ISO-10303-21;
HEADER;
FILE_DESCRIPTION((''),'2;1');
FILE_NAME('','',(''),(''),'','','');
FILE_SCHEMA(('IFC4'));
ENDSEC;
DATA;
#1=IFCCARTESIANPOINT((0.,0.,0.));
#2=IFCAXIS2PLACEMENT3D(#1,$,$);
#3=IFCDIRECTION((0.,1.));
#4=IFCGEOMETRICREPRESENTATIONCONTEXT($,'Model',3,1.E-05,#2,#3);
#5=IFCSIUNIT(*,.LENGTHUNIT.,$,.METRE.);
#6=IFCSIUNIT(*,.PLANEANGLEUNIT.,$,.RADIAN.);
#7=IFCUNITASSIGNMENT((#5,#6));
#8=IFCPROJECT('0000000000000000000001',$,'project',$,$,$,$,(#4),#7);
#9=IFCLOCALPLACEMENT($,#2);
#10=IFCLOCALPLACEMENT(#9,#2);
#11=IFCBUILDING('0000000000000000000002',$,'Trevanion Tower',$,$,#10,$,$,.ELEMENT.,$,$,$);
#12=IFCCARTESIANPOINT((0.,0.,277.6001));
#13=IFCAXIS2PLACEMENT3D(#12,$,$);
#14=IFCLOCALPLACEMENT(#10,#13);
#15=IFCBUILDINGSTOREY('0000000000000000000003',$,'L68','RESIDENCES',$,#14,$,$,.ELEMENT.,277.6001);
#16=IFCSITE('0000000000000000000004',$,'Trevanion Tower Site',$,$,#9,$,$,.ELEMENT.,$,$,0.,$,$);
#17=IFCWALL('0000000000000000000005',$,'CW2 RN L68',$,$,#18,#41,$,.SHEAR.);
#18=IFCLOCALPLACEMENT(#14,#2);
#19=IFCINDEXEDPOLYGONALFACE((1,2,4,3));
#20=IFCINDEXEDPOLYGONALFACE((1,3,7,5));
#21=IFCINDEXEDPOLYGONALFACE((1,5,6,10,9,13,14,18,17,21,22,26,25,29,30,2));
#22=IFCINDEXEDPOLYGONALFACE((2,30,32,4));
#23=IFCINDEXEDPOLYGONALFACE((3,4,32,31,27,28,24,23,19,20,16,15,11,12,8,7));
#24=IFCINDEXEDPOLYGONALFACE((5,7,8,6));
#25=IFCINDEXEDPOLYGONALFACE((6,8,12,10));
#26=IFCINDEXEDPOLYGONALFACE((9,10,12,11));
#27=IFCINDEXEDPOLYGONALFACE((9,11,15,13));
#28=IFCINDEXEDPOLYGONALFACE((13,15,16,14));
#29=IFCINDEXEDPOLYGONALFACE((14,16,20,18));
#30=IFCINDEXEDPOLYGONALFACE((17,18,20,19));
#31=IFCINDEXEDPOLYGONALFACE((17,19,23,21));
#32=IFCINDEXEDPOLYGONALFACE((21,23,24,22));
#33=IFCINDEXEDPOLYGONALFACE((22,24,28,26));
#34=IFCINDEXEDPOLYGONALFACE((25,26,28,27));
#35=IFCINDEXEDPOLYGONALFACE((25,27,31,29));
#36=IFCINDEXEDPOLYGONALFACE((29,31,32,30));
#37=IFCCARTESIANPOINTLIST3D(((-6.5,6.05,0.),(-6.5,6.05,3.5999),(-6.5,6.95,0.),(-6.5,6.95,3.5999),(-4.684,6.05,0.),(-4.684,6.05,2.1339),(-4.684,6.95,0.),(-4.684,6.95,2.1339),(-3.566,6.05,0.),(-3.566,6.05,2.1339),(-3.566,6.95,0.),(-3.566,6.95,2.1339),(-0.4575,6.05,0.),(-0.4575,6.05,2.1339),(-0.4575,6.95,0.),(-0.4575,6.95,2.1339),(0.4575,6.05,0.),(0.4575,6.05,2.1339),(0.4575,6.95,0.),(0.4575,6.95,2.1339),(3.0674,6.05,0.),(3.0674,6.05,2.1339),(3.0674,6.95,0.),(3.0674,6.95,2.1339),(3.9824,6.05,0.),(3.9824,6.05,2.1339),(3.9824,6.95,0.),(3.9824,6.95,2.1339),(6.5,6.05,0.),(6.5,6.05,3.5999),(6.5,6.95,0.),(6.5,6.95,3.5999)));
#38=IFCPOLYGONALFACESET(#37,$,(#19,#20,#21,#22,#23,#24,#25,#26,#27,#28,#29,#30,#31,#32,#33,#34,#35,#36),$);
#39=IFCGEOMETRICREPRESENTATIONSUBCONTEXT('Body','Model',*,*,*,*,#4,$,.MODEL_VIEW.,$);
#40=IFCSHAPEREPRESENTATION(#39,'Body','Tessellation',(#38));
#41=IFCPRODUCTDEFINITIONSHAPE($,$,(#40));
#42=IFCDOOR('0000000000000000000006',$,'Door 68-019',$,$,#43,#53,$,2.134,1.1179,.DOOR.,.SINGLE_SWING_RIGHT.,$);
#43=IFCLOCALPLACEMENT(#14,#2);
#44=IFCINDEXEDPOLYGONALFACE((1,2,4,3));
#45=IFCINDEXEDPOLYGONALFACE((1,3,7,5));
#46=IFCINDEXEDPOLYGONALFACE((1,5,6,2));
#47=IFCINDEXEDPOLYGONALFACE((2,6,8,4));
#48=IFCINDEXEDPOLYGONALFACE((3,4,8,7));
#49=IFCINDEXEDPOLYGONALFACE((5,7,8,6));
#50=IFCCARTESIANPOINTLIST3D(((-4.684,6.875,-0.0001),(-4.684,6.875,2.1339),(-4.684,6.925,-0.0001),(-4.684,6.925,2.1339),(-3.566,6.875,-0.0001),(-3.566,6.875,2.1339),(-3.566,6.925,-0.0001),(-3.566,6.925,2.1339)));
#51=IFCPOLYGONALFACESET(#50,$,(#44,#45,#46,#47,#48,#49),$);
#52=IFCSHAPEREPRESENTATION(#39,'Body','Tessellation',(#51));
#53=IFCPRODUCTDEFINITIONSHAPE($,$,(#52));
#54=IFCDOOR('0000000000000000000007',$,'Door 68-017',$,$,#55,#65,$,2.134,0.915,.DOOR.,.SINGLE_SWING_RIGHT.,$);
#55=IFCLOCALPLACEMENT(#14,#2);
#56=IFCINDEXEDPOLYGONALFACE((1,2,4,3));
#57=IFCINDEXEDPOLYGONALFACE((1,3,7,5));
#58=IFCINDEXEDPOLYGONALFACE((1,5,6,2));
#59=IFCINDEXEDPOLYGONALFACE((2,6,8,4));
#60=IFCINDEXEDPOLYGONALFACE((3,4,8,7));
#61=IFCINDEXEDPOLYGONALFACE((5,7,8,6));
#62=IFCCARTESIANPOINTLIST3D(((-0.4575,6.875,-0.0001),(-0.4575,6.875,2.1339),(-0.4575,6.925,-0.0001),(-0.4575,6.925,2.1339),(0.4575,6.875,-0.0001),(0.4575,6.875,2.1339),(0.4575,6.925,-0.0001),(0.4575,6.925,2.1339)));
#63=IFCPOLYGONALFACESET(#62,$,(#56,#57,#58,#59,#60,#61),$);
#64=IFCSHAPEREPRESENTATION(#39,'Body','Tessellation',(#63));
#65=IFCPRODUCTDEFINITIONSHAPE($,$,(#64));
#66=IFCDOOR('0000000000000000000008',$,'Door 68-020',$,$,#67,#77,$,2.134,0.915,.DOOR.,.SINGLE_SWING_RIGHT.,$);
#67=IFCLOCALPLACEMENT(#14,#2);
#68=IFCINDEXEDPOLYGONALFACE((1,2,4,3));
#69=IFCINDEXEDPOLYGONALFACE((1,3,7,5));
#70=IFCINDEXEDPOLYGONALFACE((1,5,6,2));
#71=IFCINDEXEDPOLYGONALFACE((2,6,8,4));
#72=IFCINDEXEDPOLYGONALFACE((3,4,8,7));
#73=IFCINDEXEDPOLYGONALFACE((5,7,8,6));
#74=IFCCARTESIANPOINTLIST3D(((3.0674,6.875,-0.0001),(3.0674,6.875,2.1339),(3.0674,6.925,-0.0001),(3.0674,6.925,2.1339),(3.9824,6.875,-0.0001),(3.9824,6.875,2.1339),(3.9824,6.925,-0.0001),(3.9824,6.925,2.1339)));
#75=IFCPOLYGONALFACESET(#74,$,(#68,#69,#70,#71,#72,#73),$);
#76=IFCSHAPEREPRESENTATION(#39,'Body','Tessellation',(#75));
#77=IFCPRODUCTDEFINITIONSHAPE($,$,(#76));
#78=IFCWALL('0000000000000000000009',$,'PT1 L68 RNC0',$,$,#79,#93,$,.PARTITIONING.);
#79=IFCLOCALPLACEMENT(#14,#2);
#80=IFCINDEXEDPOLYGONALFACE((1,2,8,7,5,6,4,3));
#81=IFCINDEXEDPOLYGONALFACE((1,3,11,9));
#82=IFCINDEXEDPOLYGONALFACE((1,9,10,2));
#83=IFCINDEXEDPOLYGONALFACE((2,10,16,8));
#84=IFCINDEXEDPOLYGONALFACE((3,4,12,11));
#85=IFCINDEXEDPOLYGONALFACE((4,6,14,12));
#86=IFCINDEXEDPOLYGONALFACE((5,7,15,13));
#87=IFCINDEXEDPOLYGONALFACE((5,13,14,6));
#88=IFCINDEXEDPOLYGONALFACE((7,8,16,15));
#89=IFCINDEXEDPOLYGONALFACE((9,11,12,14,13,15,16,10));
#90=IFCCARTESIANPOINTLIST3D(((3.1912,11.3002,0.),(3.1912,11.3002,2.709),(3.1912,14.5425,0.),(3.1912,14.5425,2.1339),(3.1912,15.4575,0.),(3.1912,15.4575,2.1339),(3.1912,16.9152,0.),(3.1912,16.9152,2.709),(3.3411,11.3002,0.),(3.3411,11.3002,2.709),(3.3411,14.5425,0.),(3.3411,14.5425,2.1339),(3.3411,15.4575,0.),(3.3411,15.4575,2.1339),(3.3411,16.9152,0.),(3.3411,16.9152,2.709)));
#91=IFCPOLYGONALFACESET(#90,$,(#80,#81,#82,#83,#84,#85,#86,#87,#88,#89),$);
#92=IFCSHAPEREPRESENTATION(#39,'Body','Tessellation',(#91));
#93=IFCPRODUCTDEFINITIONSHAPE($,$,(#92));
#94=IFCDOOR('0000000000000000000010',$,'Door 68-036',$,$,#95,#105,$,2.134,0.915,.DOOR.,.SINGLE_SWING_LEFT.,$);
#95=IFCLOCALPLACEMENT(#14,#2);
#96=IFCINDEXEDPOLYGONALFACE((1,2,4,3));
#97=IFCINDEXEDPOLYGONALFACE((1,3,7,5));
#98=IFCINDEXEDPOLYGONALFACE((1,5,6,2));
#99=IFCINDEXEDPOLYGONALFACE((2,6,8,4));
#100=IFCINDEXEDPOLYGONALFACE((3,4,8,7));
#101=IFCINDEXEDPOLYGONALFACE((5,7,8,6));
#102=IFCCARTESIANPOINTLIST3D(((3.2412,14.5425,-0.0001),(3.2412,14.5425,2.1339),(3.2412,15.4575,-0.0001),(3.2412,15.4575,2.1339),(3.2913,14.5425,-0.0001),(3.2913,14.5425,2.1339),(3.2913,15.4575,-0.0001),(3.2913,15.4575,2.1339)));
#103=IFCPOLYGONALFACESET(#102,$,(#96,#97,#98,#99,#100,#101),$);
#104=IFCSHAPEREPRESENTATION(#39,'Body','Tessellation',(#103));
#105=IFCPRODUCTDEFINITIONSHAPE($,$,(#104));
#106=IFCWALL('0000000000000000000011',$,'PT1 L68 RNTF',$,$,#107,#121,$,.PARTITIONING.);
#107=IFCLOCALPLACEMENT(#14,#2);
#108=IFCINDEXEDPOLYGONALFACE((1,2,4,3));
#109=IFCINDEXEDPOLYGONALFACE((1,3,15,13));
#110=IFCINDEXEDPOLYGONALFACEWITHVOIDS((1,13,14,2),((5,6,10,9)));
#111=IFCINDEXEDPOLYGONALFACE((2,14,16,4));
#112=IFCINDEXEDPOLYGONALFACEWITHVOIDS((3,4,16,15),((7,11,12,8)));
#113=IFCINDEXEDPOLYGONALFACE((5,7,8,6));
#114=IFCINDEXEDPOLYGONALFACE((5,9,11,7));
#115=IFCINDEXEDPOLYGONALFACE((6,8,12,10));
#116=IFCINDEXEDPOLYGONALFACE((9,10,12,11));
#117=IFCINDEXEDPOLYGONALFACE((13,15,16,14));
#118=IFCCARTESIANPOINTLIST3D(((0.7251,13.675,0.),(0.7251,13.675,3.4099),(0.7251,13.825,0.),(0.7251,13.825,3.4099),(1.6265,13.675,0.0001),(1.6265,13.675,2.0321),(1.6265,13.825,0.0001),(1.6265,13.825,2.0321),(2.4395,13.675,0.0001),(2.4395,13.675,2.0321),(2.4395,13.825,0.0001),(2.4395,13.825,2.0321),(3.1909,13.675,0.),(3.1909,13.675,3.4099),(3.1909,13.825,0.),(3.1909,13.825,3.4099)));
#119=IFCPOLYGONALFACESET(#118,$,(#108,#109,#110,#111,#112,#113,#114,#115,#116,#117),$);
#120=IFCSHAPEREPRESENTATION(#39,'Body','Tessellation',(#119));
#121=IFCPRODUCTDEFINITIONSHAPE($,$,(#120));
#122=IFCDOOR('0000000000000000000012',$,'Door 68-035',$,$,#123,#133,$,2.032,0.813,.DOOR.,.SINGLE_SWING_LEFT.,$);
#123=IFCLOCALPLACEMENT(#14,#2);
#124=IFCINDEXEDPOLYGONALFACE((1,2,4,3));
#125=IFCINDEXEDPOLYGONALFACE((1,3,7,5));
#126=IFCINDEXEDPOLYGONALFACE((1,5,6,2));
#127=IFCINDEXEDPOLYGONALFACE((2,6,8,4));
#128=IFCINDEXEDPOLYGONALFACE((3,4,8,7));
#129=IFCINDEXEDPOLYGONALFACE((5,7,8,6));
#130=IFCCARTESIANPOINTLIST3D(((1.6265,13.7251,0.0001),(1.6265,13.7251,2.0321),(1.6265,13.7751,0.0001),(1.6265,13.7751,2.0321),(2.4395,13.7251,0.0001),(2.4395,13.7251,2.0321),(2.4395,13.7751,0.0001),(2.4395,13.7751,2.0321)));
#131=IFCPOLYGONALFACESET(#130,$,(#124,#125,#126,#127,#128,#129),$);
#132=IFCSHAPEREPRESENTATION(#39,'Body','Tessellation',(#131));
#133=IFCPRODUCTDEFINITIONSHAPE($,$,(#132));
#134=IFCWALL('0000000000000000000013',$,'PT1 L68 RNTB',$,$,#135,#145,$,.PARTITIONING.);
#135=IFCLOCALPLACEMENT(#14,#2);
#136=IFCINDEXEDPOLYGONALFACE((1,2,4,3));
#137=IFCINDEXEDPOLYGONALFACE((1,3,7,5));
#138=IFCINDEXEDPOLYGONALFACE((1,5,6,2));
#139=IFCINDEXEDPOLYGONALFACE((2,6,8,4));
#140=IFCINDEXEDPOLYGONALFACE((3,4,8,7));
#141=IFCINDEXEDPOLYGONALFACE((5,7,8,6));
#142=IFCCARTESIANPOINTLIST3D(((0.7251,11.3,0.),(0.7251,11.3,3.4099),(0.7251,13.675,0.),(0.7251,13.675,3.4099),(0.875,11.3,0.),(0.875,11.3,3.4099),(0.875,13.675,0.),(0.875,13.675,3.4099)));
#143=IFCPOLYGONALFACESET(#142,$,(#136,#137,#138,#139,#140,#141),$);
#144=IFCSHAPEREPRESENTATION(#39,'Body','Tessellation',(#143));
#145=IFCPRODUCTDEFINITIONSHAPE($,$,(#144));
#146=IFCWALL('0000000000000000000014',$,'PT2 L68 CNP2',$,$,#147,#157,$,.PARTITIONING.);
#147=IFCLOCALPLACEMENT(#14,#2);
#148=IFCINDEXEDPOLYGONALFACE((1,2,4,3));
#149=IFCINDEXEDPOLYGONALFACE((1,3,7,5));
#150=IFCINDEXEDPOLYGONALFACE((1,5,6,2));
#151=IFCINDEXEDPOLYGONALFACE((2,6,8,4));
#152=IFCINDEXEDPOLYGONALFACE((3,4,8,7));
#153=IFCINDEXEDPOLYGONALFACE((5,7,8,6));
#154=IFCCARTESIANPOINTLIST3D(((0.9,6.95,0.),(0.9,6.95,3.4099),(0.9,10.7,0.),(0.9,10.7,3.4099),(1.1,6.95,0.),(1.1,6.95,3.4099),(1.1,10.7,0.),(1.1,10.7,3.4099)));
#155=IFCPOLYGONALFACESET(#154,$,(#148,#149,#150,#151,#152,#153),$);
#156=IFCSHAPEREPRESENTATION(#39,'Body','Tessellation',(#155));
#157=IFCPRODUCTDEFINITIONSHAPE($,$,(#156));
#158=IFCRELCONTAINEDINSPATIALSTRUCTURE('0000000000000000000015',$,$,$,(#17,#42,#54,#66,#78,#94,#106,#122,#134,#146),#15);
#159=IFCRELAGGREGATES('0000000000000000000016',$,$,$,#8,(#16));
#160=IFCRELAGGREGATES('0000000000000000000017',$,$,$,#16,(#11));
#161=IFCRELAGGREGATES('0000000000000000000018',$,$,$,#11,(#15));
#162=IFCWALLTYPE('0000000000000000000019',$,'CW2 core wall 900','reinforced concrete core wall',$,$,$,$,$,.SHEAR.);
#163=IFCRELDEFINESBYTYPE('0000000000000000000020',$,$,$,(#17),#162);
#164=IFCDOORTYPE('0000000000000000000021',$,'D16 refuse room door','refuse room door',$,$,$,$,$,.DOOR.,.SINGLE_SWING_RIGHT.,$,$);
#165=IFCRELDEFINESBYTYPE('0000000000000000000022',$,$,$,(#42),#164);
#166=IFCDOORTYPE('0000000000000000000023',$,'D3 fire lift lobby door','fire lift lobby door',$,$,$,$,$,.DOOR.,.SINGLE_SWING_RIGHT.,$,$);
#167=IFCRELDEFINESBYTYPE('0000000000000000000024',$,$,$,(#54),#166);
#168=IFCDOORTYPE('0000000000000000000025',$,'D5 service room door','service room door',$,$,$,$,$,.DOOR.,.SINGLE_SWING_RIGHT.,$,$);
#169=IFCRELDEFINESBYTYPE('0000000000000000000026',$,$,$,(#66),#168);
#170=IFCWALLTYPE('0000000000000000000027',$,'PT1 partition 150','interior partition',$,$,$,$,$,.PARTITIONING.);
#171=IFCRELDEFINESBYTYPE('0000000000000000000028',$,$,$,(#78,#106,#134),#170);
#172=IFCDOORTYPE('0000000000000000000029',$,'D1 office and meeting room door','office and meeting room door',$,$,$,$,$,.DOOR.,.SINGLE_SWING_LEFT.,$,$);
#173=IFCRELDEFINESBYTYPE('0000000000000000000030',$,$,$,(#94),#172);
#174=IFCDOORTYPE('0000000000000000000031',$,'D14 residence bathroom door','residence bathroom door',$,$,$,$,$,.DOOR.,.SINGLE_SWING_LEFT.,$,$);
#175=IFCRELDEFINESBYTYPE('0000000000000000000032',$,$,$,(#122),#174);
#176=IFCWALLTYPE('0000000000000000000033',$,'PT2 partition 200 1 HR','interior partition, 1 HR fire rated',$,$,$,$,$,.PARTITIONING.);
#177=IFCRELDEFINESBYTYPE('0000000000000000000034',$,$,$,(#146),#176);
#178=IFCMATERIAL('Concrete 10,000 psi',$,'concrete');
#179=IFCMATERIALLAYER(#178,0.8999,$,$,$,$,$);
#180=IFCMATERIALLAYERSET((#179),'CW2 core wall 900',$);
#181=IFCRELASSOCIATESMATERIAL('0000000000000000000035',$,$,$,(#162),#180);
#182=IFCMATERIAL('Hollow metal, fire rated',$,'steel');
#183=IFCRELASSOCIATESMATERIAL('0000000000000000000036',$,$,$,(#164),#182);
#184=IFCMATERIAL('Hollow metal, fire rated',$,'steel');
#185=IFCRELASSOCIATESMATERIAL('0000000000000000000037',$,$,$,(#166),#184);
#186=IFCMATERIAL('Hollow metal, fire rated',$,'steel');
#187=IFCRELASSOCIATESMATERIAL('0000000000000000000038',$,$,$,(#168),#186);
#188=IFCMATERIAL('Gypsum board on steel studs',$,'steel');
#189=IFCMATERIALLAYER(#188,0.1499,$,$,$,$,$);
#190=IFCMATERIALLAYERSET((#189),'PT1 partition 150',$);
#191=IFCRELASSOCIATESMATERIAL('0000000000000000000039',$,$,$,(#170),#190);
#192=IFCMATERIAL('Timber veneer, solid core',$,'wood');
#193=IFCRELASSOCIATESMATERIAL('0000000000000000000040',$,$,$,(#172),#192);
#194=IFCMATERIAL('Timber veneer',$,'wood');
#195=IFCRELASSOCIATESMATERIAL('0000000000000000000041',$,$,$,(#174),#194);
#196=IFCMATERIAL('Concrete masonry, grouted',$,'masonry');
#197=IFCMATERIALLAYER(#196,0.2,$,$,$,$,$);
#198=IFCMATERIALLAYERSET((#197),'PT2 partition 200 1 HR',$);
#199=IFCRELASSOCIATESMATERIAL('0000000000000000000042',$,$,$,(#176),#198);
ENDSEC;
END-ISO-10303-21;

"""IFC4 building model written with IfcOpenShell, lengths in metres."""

from ifc_helpers import new_model, si_unit, direction, frame, frame_2d, origin, place, context, subcontext, project, spatial, rectangle, extrude, material, layer, layer_set, type_object, element, fill, save


model = new_model("IFC4")

# Units and contexts
model_context = context("Model", 3, precision=1e-05, world=origin(), true_north=direction((0.0, 1.0)))
body_context = subcontext(model_context, "Body", "Model", "MODEL_VIEW")
ifc_project = project(units=[si_unit("LENGTHUNIT", "METRE"), si_unit("PLANEANGLEUNIT", "RADIAN")], contexts=[model_context])

# Site, building, storey
site_placement = place(None, origin())
site = spatial("IfcSite", under=ifc_project, at=site_placement, Name="Trevanion Tower Site", CompositionType="ELEMENT", RefElevation=0.0)
building_placement = place(site_placement, origin())
building = spatial("IfcBuilding", under=site, at=building_placement, Name="Trevanion Tower", CompositionType="ELEMENT")
storey_placement = place(building_placement, frame((0.0, 0.0, 277.6001)))
storey = spatial("IfcBuildingStorey", under=building, at=storey_placement, Name="L68", Description="RESIDENCES", CompositionType="ELEMENT", Elevation=277.6001)

# Wall, openings, doors
ifc_material_1 = material(Name="Concrete 10,000 psi", Category="concrete")
ifc_layer_1 = layer(ifc_material_1, 0.8999)
ifc_layer_set_1 = layer_set([ifc_layer_1], Name="CW2 core wall 900")
wall_type_1 = type_object("IfcWallType", Name="CW2 core wall 900", Description="reinforced concrete core wall", PredefinedType="SHEAR", material=ifc_layer_set_1)
wall_1_placement = place(storey_placement, frame((6.5, 6.5, 0.0), z_axis=(0.0, 0.0, 1.0), x_axis=(-1.0, 0.0, 0.0)))
wall_1 = element("IfcWall", 1, at=wall_1_placement, inside=storey, type_object=wall_type_1, Name="CW2 RN L68", PredefinedType="SHEAR", context=body_context, shape_type="SweptSolid", body=[
    extrude(rectangle(XDim=13.0, YDim=0.8999, at=frame_2d((6.5, 0.0))), origin(), (0.0, 0.0, 1.0), 3.5999),
])
opening_1_placement = place(wall_1_placement, frame((6.0425, 0.0, 0.0)))
opening_1 = element("IfcOpeningElement", 2, at=opening_1_placement, cuts=wall_1, PredefinedType="OPENING", context=body_context, shape_type="SweptSolid", body=[
    extrude(rectangle(XDim=0.915, YDim=2.134, at=frame_2d((0.4575, 1.0669))), frame((0.0, 0.46, 0.0), z_axis=(0.0, -1.0, 0.0), x_axis=(1.0, 0.0, 0.0)), (0.0, 0.0, 1.0), 0.9199),
])
opening_2_placement = place(wall_1_placement, frame((10.0659, 0.0, 0.0)))
opening_2 = element("IfcOpeningElement", 3, at=opening_2_placement, cuts=wall_1, PredefinedType="OPENING", context=body_context, shape_type="SweptSolid", body=[
    extrude(rectangle(XDim=1.1179, YDim=2.134, at=frame_2d((0.5591, 1.0669))), frame((0.0, 0.46, 0.0), z_axis=(0.0, -1.0, 0.0), x_axis=(1.0, 0.0, 0.0)), (0.0, 0.0, 1.0), 0.9199),
])
opening_3_placement = place(wall_1_placement, frame((2.5176, 0.0, 0.0)))
opening_3 = element("IfcOpeningElement", 4, at=opening_3_placement, cuts=wall_1, PredefinedType="OPENING", context=body_context, shape_type="SweptSolid", body=[
    extrude(rectangle(XDim=0.915, YDim=2.134, at=frame_2d((0.4575, 1.0669))), frame((0.0, 0.46, 0.0), z_axis=(0.0, -1.0, 0.0), x_axis=(1.0, 0.0, 0.0)), (0.0, 0.0, 1.0), 0.9199),
])
ifc_material_2 = material(Name="Hollow metal, fire rated", Category="steel")
door_type_1 = type_object("IfcDoorType", Name="D16 refuse room door", Description="refuse room door", OperationType="SINGLE_SWING_RIGHT", PredefinedType="DOOR", material=ifc_material_2)
door_1_placement = place(opening_2_placement, origin())
door_1 = element("IfcDoor", 5, at=door_1_placement, inside=storey, type_object=door_type_1, Name="Door 68-019", OperationType="SINGLE_SWING_RIGHT", OverallHeight=2.134, OverallWidth=1.1179, PredefinedType="DOOR", context=body_context, shape_type="SweptSolid", body=[
    extrude(rectangle(XDim=1.1179, YDim=2.134, at=frame_2d((0.5591, 1.0669))), frame((0.0, -0.375, 0.0), z_axis=(0.0, -1.0, 0.0), x_axis=(1.0, 0.0, 0.0)), (0.0, 0.0, 1.0), 0.05),
])
fill(opening_2, door_1)
ifc_material_3 = material(Name="Hollow metal, fire rated", Category="steel")
door_type_2 = type_object("IfcDoorType", Name="D3 fire lift lobby door", Description="fire lift lobby door", OperationType="SINGLE_SWING_RIGHT", PredefinedType="DOOR", material=ifc_material_3)
door_2_placement = place(opening_1_placement, origin())
door_2 = element("IfcDoor", 6, at=door_2_placement, inside=storey, type_object=door_type_2, Name="Door 68-017", OperationType="SINGLE_SWING_RIGHT", OverallHeight=2.134, OverallWidth=0.915, PredefinedType="DOOR", context=body_context, shape_type="SweptSolid", body=[
    extrude(rectangle(XDim=0.915, YDim=2.134, at=frame_2d((0.4575, 1.0669))), frame((0.0, -0.375, 0.0), z_axis=(0.0, -1.0, 0.0), x_axis=(1.0, 0.0, 0.0)), (0.0, 0.0, 1.0), 0.05),
])
fill(opening_1, door_2)
ifc_material_4 = material(Name="Hollow metal, fire rated", Category="steel")
door_type_3 = type_object("IfcDoorType", Name="D5 service room door", Description="service room door", OperationType="SINGLE_SWING_RIGHT", PredefinedType="DOOR", material=ifc_material_4)
door_3_placement = place(opening_3_placement, origin())
door_3 = element("IfcDoor", 7, at=door_3_placement, inside=storey, type_object=door_type_3, Name="Door 68-020", OperationType="SINGLE_SWING_RIGHT", OverallHeight=2.134, OverallWidth=0.915, PredefinedType="DOOR", context=body_context, shape_type="SweptSolid", body=[
    extrude(rectangle(XDim=0.915, YDim=2.134, at=frame_2d((0.4575, 1.0669))), frame((0.0, -0.375, 0.0), z_axis=(0.0, -1.0, 0.0), x_axis=(1.0, 0.0, 0.0)), (0.0, 0.0, 1.0), 0.05),
])
fill(opening_3, door_3)

# Walls, openings, doors
ifc_material_5 = material(Name="Gypsum board on steel studs", Category="steel")
ifc_layer_2 = layer(ifc_material_5, 0.1499)
ifc_layer_set_2 = layer_set([ifc_layer_2], Name="PT1 partition 150")
wall_type_2 = type_object("IfcWallType", Name="PT1 partition 150", Description="interior partition", PredefinedType="PARTITIONING", material=ifc_layer_set_2)
wall_2_placement = place(storey_placement, frame((3.2661, 11.3, 0.0), z_axis=(0.0, 0.0, 1.0), x_axis=(0.0, 1.0, 0.0)))
wall_2 = element("IfcWall", 8, at=wall_2_placement, inside=storey, type_object=wall_type_2, Name="PT1 L68 RNC0", PredefinedType="PARTITIONING", context=body_context, shape_type="SweptSolid", body=[
    extrude(rectangle(XDim=5.615, YDim=0.1499, at=frame_2d((2.8076, 0.0))), origin(), (0.0, 0.0, 1.0), 2.709),
])
opening_4_placement = place(wall_2_placement, frame((3.2424, 0.0, 0.0)))
opening_4 = element("IfcOpeningElement", 9, at=opening_4_placement, cuts=wall_2, PredefinedType="OPENING", context=body_context, shape_type="SweptSolid", body=[
    extrude(rectangle(XDim=0.915, YDim=2.134, at=frame_2d((0.4575, 1.0669))), frame((0.0, 0.085, 0.0), z_axis=(0.0, -1.0, 0.0), x_axis=(1.0, 0.0, 0.0)), (0.0, 0.0, 1.0), 0.1699),
])
ifc_material_6 = material(Name="Timber veneer, solid core", Category="wood")
door_type_4 = type_object("IfcDoorType", Name="D1 office and meeting room door", Description="office and meeting room door", OperationType="SINGLE_SWING_LEFT", PredefinedType="DOOR", material=ifc_material_6)
door_4_placement = place(opening_4_placement, origin())
door_4 = element("IfcDoor", 10, at=door_4_placement, inside=storey, type_object=door_type_4, Name="Door 68-036", OperationType="SINGLE_SWING_LEFT", OverallHeight=2.134, OverallWidth=0.915, PredefinedType="DOOR", context=body_context, shape_type="SweptSolid", body=[
    extrude(rectangle(XDim=0.915, YDim=2.134, at=frame_2d((0.4575, 1.0669))), frame((0.0, 0.0249, 0.0), z_axis=(0.0, -1.0, 0.0), x_axis=(1.0, 0.0, 0.0)), (0.0, 0.0, 1.0), 0.05),
])
fill(opening_4, door_4)
wall_3_placement = place(storey_placement, frame((3.1909, 13.75, 0.0), z_axis=(0.0, 0.0, 1.0), x_axis=(-1.0, 0.0, 0.0)))
wall_3 = element("IfcWall", 11, at=wall_3_placement, inside=storey, type_object=wall_type_2, Name="PT1 L68 RNTF", PredefinedType="PARTITIONING", context=body_context, shape_type="SweptSolid", body=[
    extrude(rectangle(XDim=2.4658, YDim=0.1499, at=frame_2d((1.2329, 0.0))), origin(), (0.0, 0.0, 1.0), 3.4099),
])
opening_5_placement = place(wall_3_placement, frame((0.7515, 0.0, 0.0)))
opening_5 = element("IfcOpeningElement", 12, at=opening_5_placement, cuts=wall_3, PredefinedType="OPENING", context=body_context, shape_type="SweptSolid", body=[
    extrude(rectangle(XDim=0.813, YDim=2.032, at=frame_2d((0.4065, 1.0161))), frame((0.0, 0.085, 0.0), z_axis=(0.0, -1.0, 0.0), x_axis=(1.0, 0.0, 0.0)), (0.0, 0.0, 1.0), 0.1699),
])
ifc_material_7 = material(Name="Timber veneer", Category="wood")
door_type_5 = type_object("IfcDoorType", Name="D14 residence bathroom door", Description="residence bathroom door", OperationType="SINGLE_SWING_LEFT", PredefinedType="DOOR", material=ifc_material_7)
door_5_placement = place(opening_5_placement, origin())
door_5 = element("IfcDoor", 13, at=door_5_placement, inside=storey, type_object=door_type_5, Name="Door 68-035", OperationType="SINGLE_SWING_LEFT", OverallHeight=2.032, OverallWidth=0.813, PredefinedType="DOOR", context=body_context, shape_type="SweptSolid", body=[
    extrude(rectangle(XDim=0.813, YDim=2.032, at=frame_2d((0.4065, 1.0161))), frame((0.0, 0.0249, 0.0), z_axis=(0.0, -1.0, 0.0), x_axis=(1.0, 0.0, 0.0)), (0.0, 0.0, 1.0), 0.05),
])
fill(opening_5, door_5)

# Walls
wall_4_placement = place(storey_placement, frame((0.8, 11.3, 0.0), z_axis=(0.0, 0.0, 1.0), x_axis=(0.0, 1.0, 0.0)))
element("IfcWall", 14, at=wall_4_placement, inside=storey, type_object=wall_type_2, Name="PT1 L68 RNTB", PredefinedType="PARTITIONING", context=body_context, shape_type="SweptSolid", body=[
    extrude(rectangle(XDim=2.375, YDim=0.1499, at=frame_2d((1.1875, 0.0))), origin(), (0.0, 0.0, 1.0), 3.4099),
])
ifc_material_8 = material(Name="Concrete masonry, grouted", Category="masonry")
ifc_layer_3 = layer(ifc_material_8, 0.2)
ifc_layer_set_3 = layer_set([ifc_layer_3], Name="PT2 partition 200 1 HR")
wall_type_3 = type_object("IfcWallType", Name="PT2 partition 200 1 HR", Description="interior partition, 1 HR fire rated", PredefinedType="PARTITIONING", material=ifc_layer_set_3)
wall_5_placement = place(storey_placement, frame((1.0, 6.95, 0.0), z_axis=(0.0, 0.0, 1.0), x_axis=(0.0, 1.0, 0.0)))
element("IfcWall", 15, at=wall_5_placement, inside=storey, type_object=wall_type_3, Name="PT2 L68 CNP2", PredefinedType="PARTITIONING", context=body_context, shape_type="SweptSolid", body=[
    extrude(rectangle(XDim=3.75, YDim=0.2, at=frame_2d((1.875, 0.0))), origin(), (0.0, 0.0, 1.0), 3.4099),
])

save(model, "model.ifc")
